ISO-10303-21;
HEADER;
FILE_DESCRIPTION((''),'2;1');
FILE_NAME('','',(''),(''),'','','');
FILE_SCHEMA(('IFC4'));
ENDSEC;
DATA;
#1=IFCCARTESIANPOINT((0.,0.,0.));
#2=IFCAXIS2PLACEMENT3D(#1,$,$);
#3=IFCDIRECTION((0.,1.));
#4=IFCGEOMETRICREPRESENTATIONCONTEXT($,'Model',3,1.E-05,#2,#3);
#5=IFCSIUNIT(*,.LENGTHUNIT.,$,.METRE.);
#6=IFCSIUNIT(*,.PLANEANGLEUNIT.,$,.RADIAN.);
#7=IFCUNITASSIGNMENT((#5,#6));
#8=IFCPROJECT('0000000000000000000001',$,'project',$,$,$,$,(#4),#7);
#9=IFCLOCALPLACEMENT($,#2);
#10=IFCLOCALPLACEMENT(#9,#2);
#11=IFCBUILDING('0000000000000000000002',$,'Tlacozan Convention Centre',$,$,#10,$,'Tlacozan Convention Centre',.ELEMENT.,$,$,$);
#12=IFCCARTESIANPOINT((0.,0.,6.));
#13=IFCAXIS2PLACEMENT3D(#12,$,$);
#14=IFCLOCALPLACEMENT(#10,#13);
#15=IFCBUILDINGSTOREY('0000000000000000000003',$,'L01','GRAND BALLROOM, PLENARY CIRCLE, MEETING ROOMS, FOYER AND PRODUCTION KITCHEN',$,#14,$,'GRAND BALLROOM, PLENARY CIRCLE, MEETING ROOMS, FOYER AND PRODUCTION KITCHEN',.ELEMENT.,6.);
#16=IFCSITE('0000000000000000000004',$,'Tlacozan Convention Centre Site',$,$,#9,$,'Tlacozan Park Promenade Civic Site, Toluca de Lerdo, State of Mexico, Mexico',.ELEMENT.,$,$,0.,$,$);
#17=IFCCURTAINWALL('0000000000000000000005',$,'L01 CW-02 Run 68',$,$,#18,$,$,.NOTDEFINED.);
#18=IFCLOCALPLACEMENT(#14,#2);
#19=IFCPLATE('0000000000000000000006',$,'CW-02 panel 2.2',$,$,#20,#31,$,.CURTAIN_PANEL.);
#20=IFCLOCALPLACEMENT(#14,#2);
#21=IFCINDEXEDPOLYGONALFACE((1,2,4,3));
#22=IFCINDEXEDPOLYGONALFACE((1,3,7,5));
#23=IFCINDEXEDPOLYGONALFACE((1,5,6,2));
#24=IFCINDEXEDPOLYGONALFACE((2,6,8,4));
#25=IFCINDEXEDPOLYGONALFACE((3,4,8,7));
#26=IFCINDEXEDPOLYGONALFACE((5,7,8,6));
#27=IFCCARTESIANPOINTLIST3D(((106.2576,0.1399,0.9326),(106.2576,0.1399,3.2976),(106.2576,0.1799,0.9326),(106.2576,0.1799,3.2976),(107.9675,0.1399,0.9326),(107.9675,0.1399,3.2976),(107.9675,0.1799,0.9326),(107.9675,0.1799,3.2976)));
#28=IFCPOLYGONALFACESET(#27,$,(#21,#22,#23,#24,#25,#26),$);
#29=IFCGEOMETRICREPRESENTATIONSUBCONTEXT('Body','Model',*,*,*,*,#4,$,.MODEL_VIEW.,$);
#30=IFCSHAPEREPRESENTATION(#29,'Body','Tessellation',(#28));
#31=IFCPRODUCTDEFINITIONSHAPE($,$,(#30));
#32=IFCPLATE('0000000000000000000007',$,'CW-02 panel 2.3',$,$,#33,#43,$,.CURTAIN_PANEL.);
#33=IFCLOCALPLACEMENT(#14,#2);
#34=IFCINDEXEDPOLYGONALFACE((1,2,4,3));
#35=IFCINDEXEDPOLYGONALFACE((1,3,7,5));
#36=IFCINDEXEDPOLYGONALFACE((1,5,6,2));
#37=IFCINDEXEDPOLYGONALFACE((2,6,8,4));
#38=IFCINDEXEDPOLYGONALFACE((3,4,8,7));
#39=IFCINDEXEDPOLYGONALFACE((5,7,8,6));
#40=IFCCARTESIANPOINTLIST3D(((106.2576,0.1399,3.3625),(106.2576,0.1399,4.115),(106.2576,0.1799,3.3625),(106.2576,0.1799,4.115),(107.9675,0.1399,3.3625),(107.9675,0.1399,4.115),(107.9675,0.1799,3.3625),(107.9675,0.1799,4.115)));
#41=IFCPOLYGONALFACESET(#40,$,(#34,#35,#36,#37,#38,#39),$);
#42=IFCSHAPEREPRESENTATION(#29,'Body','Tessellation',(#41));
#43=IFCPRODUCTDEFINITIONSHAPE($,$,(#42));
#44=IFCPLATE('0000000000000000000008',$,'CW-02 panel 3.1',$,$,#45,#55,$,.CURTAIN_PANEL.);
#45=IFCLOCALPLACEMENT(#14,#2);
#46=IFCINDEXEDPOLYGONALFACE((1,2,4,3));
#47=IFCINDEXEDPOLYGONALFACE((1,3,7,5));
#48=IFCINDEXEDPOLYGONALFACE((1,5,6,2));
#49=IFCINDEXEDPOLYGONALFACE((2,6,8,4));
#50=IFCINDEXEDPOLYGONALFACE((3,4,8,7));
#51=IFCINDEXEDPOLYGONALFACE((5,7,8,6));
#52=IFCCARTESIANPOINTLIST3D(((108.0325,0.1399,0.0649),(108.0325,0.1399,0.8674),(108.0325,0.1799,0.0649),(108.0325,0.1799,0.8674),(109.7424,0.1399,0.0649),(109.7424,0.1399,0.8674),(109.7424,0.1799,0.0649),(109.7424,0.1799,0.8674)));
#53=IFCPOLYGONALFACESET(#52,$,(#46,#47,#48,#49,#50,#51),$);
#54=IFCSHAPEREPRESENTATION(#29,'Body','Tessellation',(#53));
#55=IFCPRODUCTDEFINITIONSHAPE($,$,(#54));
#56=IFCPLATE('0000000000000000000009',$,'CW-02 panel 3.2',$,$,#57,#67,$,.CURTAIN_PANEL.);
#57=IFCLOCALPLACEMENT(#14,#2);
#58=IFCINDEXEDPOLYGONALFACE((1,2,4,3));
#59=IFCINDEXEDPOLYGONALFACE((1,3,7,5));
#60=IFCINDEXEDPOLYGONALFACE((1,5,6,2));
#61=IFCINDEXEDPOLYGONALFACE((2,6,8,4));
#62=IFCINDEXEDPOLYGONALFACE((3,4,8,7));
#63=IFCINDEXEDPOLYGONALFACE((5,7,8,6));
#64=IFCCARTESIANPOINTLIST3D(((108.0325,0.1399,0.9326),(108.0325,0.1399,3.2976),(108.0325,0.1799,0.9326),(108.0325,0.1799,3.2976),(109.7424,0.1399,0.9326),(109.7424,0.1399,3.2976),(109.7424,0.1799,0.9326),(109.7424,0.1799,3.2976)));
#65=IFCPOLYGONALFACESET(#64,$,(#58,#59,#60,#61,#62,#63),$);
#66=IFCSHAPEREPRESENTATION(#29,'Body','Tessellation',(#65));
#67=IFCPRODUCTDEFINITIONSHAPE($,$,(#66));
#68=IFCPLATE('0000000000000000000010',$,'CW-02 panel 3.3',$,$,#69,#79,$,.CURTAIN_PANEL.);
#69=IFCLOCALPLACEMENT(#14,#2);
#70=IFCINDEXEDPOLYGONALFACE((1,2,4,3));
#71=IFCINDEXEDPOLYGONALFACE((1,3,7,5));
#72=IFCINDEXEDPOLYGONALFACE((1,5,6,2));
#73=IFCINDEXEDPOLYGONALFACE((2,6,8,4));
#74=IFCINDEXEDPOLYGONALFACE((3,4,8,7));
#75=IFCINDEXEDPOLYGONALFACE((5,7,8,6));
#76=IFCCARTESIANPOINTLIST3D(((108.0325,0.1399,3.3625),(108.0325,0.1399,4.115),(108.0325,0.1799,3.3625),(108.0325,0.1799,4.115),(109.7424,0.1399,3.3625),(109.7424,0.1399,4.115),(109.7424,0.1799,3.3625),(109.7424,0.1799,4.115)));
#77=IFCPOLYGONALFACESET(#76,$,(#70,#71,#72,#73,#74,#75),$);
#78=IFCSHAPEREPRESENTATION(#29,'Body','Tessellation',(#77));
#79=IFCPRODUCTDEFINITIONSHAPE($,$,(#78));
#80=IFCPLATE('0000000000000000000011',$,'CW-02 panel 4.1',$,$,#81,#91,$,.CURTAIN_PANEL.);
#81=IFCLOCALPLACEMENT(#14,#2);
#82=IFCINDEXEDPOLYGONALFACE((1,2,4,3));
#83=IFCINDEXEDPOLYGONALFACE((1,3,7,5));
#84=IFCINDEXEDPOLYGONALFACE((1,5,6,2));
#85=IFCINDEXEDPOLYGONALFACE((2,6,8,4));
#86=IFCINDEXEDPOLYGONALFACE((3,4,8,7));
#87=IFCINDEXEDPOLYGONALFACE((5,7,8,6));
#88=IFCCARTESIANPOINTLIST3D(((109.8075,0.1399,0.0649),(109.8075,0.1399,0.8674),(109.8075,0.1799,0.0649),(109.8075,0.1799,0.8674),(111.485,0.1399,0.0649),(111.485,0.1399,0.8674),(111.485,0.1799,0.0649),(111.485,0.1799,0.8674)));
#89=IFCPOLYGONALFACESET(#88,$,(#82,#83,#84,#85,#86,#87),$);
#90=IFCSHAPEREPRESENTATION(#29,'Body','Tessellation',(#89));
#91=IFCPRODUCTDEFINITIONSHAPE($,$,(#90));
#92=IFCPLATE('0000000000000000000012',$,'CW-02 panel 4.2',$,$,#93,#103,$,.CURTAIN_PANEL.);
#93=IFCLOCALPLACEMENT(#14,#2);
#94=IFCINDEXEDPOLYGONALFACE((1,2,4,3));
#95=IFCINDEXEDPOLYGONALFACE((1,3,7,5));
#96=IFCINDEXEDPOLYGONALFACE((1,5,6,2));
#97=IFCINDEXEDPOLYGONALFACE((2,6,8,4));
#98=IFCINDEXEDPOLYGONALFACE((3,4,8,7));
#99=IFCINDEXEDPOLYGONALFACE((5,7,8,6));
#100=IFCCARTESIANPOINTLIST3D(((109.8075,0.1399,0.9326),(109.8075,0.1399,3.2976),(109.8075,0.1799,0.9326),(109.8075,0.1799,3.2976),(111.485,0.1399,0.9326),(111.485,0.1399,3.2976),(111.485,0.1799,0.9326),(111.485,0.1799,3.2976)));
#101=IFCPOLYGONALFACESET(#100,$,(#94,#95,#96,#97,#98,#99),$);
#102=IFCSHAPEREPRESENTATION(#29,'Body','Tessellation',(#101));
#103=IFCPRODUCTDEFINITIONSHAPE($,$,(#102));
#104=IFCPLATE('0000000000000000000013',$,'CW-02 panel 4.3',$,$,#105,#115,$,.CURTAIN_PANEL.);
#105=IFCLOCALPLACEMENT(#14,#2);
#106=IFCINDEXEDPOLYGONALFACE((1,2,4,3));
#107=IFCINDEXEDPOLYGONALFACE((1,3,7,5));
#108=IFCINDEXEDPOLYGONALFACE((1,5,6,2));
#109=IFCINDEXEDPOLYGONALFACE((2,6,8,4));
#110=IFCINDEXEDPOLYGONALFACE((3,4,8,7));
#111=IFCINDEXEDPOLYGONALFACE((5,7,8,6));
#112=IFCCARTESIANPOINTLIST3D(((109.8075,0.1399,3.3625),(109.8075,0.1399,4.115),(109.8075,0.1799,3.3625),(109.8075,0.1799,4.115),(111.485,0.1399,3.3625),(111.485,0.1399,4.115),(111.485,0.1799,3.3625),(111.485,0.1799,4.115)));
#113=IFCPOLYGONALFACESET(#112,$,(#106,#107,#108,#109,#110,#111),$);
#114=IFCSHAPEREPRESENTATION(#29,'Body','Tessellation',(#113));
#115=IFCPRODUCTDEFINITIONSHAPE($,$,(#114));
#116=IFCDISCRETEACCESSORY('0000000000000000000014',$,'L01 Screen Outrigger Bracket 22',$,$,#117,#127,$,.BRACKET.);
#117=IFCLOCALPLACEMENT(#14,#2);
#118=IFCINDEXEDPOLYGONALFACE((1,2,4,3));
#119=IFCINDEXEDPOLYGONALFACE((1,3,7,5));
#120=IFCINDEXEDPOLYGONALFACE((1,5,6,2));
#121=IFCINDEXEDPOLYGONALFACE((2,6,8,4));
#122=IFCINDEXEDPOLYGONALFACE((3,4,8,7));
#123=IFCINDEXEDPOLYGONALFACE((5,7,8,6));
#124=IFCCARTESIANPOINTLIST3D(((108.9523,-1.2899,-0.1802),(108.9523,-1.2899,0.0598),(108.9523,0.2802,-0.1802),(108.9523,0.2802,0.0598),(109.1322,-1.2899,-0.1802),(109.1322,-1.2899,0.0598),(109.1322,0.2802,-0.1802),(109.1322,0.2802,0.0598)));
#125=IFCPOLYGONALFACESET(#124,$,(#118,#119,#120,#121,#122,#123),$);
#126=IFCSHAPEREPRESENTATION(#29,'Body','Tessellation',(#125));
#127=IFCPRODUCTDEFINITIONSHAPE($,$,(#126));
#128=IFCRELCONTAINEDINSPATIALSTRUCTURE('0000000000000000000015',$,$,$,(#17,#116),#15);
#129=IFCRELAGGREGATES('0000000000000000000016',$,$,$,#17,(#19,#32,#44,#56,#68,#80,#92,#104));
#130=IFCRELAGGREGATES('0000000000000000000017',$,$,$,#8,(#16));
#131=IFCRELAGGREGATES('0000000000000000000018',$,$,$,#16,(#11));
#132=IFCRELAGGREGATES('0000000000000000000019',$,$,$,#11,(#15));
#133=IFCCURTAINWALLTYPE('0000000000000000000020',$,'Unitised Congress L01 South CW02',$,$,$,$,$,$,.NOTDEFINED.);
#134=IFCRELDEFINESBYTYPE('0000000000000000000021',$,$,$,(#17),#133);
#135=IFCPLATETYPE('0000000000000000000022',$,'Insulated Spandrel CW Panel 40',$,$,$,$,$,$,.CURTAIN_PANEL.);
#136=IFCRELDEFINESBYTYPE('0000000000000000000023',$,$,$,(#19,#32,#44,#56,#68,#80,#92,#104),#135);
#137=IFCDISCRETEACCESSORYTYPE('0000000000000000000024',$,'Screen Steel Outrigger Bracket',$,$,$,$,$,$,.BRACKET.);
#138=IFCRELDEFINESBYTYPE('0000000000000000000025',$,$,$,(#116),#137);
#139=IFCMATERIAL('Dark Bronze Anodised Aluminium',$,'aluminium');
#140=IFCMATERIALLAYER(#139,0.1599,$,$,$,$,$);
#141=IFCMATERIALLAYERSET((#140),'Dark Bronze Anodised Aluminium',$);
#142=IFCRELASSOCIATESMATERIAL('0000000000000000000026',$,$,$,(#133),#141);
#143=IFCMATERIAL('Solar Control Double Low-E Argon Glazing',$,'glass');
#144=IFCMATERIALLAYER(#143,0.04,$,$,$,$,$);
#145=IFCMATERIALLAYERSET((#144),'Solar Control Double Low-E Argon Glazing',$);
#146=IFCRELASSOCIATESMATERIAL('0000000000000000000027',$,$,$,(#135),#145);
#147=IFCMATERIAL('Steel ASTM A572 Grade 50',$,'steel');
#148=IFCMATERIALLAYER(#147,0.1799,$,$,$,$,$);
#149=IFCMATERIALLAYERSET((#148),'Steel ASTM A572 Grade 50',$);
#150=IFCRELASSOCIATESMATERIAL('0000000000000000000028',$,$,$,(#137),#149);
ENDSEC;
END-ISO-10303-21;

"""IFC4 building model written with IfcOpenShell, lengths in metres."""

from ifc_helpers import new_model, si_unit, direction, frame, origin, origin_2d, place, context, subcontext, project, spatial, rectangle, extrude, material, layer, layer_set, type_object, element, aggregate, save


model = new_model("IFC4")

# Units and contexts
model_context = context("Model", 3, precision=1e-05, world=origin(), true_north=direction((0.0, 1.0)))
body_context = subcontext(model_context, "Body", "Model", "MODEL_VIEW")
ifc_project = project(units=[si_unit("LENGTHUNIT", "METRE"), si_unit("PLANEANGLEUNIT", "RADIAN")], contexts=[model_context])

# Site, building, storey
site_placement = place(None, origin())
site = spatial("IfcSite", under=ifc_project, at=site_placement, Name="Tlacozan Convention Centre Site", LongName="Tlacozan Park Promenade Civic Site, Toluca de Lerdo, State of Mexico, Mexico", CompositionType="ELEMENT", RefElevation=0.0)
building_placement = place(site_placement, origin())
building = spatial("IfcBuilding", under=site, at=building_placement, Name="Tlacozan Convention Centre", LongName="Tlacozan Convention Centre", CompositionType="ELEMENT")
storey_placement = place(building_placement, frame((0.0, 0.0, 6.0)))
storey = spatial("IfcBuildingStorey", under=building, at=storey_placement, Name="L01", Description="GRAND BALLROOM, PLENARY CIRCLE, MEETING ROOMS, FOYER AND PRODUCTION KITCHEN", LongName="GRAND BALLROOM, PLENARY CIRCLE, MEETING ROOMS, FOYER AND PRODUCTION KITCHEN", CompositionType="ELEMENT", Elevation=6.0)

# Curtain wall, plates
ifc_material_1 = material(Name="Dark Bronze Anodised Aluminium", Category="aluminium")
ifc_layer_1 = layer(ifc_material_1, 0.1599)
ifc_layer_set_1 = layer_set([ifc_layer_1], Name="Dark Bronze Anodised Aluminium")
curtain_wall_type = type_object("IfcCurtainWallType", Name="Unitised Congress L01 South CW02", PredefinedType="NOTDEFINED", material=ifc_layer_set_1)
curtain_wall_placement = place(storey_placement, origin())
curtain_wall = element("IfcCurtainWall", 1, at=curtain_wall_placement, inside=storey, type_object=curtain_wall_type, Name="L01 CW-02 Run 68", PredefinedType="NOTDEFINED")
ifc_material_2 = material(Name="Solar Control Double Low-E Argon Glazing", Category="glass")
ifc_layer_2 = layer(ifc_material_2, 0.04)
ifc_layer_set_2 = layer_set([ifc_layer_2], Name="Solar Control Double Low-E Argon Glazing")
plate_type = type_object("IfcPlateType", Name="Insulated Spandrel CW Panel 40", PredefinedType="CURTAIN_PANEL", material=ifc_layer_set_2)
plate_1_placement = place(storey_placement, frame((107.1125, 0.1599, 0.9326), z_axis=(0.0, 0.0, 1.0), x_axis=(1.0, 0.0, 0.0)))
plate_1 = element("IfcPlate", 2, at=plate_1_placement, type_object=plate_type, Name="CW-02 panel 2.2", PredefinedType="CURTAIN_PANEL", context=body_context, shape_type="SweptSolid", body=[
    extrude(rectangle(XDim=1.71, YDim=0.04, at=origin_2d()), origin(), (0.0, 0.0, 1.0), 2.365),
])
plate_2_placement = place(storey_placement, frame((107.1125, 0.1599, 3.3625), z_axis=(0.0, 0.0, 1.0), x_axis=(1.0, 0.0, 0.0)))
plate_2 = element("IfcPlate", 3, at=plate_2_placement, type_object=plate_type, Name="CW-02 panel 2.3", PredefinedType="CURTAIN_PANEL", context=body_context, shape_type="SweptSolid", body=[
    extrude(rectangle(XDim=1.71, YDim=0.04, at=origin_2d()), origin(), (0.0, 0.0, 1.0), 0.7524),
])
plate_3_placement = place(storey_placement, frame((108.8875, 0.1599, 0.0649), z_axis=(0.0, 0.0, 1.0), x_axis=(1.0, 0.0, 0.0)))
plate_3 = element("IfcPlate", 4, at=plate_3_placement, type_object=plate_type, Name="CW-02 panel 3.1", PredefinedType="CURTAIN_PANEL", context=body_context, shape_type="SweptSolid", body=[
    extrude(rectangle(XDim=1.71, YDim=0.04, at=origin_2d()), origin(), (0.0, 0.0, 1.0), 0.8025),
])
plate_4_placement = place(storey_placement, frame((108.8875, 0.1599, 0.9326), z_axis=(0.0, 0.0, 1.0), x_axis=(1.0, 0.0, 0.0)))
plate_4 = element("IfcPlate", 5, at=plate_4_placement, type_object=plate_type, Name="CW-02 panel 3.2", PredefinedType="CURTAIN_PANEL", context=body_context, shape_type="SweptSolid", body=[
    extrude(rectangle(XDim=1.71, YDim=0.04, at=origin_2d()), origin(), (0.0, 0.0, 1.0), 2.365),
])
plate_5_placement = place(storey_placement, frame((108.8875, 0.1599, 3.3625), z_axis=(0.0, 0.0, 1.0), x_axis=(1.0, 0.0, 0.0)))
plate_5 = element("IfcPlate", 6, at=plate_5_placement, type_object=plate_type, Name="CW-02 panel 3.3", PredefinedType="CURTAIN_PANEL", context=body_context, shape_type="SweptSolid", body=[
    extrude(rectangle(XDim=1.71, YDim=0.04, at=origin_2d()), origin(), (0.0, 0.0, 1.0), 0.7524),
])
plate_6_placement = place(storey_placement, frame((110.6462, 0.1599, 0.0649), z_axis=(0.0, 0.0, 1.0), x_axis=(1.0, 0.0, 0.0)))
plate_6 = element("IfcPlate", 7, at=plate_6_placement, type_object=plate_type, Name="CW-02 panel 4.1", PredefinedType="CURTAIN_PANEL", context=body_context, shape_type="SweptSolid", body=[
    extrude(rectangle(XDim=1.6775, YDim=0.04, at=origin_2d()), origin(), (0.0, 0.0, 1.0), 0.8025),
])
plate_7_placement = place(storey_placement, frame((110.6462, 0.1599, 0.9326), z_axis=(0.0, 0.0, 1.0), x_axis=(1.0, 0.0, 0.0)))
plate_7 = element("IfcPlate", 8, at=plate_7_placement, type_object=plate_type, Name="CW-02 panel 4.2", PredefinedType="CURTAIN_PANEL", context=body_context, shape_type="SweptSolid", body=[
    extrude(rectangle(XDim=1.6775, YDim=0.04, at=origin_2d()), origin(), (0.0, 0.0, 1.0), 2.365),
])
plate_8_placement = place(storey_placement, frame((110.6462, 0.1599, 3.3625), z_axis=(0.0, 0.0, 1.0), x_axis=(1.0, 0.0, 0.0)))
plate_8 = element("IfcPlate", 9, at=plate_8_placement, type_object=plate_type, Name="CW-02 panel 4.3", PredefinedType="CURTAIN_PANEL", context=body_context, shape_type="SweptSolid", body=[
    extrude(rectangle(XDim=1.6775, YDim=0.04, at=origin_2d()), origin(), (0.0, 0.0, 1.0), 0.7524),
])
aggregate(curtain_wall, [plate_1, plate_2, plate_3, plate_4, plate_5, plate_6, plate_7, plate_8])

# Discrete accessory
ifc_material_3 = material(Name="Steel ASTM A572 Grade 50", Category="steel")
ifc_layer_3 = layer(ifc_material_3, 0.1799)
ifc_layer_set_3 = layer_set([ifc_layer_3], Name="Steel ASTM A572 Grade 50")
discrete_accessory_type = type_object("IfcDiscreteAccessoryType", Name="Screen Steel Outrigger Bracket", PredefinedType="BRACKET", material=ifc_layer_set_3)
discrete_accessory_placement = place(storey_placement, frame((109.0422, -0.5049, -0.1802), z_axis=(0.0, 0.0, 1.0), x_axis=(0.0, 1.0, 0.0)))
element("IfcDiscreteAccessory", 10, at=discrete_accessory_placement, inside=storey, type_object=discrete_accessory_type, Name="L01 Screen Outrigger Bracket 22", PredefinedType="BRACKET", context=body_context, shape_type="SweptSolid", body=[
    extrude(rectangle(XDim=1.5701, YDim=0.1799, at=origin_2d()), origin(), (0.0, 0.0, 1.0), 0.24),
])

save(model, "model.ifc")
